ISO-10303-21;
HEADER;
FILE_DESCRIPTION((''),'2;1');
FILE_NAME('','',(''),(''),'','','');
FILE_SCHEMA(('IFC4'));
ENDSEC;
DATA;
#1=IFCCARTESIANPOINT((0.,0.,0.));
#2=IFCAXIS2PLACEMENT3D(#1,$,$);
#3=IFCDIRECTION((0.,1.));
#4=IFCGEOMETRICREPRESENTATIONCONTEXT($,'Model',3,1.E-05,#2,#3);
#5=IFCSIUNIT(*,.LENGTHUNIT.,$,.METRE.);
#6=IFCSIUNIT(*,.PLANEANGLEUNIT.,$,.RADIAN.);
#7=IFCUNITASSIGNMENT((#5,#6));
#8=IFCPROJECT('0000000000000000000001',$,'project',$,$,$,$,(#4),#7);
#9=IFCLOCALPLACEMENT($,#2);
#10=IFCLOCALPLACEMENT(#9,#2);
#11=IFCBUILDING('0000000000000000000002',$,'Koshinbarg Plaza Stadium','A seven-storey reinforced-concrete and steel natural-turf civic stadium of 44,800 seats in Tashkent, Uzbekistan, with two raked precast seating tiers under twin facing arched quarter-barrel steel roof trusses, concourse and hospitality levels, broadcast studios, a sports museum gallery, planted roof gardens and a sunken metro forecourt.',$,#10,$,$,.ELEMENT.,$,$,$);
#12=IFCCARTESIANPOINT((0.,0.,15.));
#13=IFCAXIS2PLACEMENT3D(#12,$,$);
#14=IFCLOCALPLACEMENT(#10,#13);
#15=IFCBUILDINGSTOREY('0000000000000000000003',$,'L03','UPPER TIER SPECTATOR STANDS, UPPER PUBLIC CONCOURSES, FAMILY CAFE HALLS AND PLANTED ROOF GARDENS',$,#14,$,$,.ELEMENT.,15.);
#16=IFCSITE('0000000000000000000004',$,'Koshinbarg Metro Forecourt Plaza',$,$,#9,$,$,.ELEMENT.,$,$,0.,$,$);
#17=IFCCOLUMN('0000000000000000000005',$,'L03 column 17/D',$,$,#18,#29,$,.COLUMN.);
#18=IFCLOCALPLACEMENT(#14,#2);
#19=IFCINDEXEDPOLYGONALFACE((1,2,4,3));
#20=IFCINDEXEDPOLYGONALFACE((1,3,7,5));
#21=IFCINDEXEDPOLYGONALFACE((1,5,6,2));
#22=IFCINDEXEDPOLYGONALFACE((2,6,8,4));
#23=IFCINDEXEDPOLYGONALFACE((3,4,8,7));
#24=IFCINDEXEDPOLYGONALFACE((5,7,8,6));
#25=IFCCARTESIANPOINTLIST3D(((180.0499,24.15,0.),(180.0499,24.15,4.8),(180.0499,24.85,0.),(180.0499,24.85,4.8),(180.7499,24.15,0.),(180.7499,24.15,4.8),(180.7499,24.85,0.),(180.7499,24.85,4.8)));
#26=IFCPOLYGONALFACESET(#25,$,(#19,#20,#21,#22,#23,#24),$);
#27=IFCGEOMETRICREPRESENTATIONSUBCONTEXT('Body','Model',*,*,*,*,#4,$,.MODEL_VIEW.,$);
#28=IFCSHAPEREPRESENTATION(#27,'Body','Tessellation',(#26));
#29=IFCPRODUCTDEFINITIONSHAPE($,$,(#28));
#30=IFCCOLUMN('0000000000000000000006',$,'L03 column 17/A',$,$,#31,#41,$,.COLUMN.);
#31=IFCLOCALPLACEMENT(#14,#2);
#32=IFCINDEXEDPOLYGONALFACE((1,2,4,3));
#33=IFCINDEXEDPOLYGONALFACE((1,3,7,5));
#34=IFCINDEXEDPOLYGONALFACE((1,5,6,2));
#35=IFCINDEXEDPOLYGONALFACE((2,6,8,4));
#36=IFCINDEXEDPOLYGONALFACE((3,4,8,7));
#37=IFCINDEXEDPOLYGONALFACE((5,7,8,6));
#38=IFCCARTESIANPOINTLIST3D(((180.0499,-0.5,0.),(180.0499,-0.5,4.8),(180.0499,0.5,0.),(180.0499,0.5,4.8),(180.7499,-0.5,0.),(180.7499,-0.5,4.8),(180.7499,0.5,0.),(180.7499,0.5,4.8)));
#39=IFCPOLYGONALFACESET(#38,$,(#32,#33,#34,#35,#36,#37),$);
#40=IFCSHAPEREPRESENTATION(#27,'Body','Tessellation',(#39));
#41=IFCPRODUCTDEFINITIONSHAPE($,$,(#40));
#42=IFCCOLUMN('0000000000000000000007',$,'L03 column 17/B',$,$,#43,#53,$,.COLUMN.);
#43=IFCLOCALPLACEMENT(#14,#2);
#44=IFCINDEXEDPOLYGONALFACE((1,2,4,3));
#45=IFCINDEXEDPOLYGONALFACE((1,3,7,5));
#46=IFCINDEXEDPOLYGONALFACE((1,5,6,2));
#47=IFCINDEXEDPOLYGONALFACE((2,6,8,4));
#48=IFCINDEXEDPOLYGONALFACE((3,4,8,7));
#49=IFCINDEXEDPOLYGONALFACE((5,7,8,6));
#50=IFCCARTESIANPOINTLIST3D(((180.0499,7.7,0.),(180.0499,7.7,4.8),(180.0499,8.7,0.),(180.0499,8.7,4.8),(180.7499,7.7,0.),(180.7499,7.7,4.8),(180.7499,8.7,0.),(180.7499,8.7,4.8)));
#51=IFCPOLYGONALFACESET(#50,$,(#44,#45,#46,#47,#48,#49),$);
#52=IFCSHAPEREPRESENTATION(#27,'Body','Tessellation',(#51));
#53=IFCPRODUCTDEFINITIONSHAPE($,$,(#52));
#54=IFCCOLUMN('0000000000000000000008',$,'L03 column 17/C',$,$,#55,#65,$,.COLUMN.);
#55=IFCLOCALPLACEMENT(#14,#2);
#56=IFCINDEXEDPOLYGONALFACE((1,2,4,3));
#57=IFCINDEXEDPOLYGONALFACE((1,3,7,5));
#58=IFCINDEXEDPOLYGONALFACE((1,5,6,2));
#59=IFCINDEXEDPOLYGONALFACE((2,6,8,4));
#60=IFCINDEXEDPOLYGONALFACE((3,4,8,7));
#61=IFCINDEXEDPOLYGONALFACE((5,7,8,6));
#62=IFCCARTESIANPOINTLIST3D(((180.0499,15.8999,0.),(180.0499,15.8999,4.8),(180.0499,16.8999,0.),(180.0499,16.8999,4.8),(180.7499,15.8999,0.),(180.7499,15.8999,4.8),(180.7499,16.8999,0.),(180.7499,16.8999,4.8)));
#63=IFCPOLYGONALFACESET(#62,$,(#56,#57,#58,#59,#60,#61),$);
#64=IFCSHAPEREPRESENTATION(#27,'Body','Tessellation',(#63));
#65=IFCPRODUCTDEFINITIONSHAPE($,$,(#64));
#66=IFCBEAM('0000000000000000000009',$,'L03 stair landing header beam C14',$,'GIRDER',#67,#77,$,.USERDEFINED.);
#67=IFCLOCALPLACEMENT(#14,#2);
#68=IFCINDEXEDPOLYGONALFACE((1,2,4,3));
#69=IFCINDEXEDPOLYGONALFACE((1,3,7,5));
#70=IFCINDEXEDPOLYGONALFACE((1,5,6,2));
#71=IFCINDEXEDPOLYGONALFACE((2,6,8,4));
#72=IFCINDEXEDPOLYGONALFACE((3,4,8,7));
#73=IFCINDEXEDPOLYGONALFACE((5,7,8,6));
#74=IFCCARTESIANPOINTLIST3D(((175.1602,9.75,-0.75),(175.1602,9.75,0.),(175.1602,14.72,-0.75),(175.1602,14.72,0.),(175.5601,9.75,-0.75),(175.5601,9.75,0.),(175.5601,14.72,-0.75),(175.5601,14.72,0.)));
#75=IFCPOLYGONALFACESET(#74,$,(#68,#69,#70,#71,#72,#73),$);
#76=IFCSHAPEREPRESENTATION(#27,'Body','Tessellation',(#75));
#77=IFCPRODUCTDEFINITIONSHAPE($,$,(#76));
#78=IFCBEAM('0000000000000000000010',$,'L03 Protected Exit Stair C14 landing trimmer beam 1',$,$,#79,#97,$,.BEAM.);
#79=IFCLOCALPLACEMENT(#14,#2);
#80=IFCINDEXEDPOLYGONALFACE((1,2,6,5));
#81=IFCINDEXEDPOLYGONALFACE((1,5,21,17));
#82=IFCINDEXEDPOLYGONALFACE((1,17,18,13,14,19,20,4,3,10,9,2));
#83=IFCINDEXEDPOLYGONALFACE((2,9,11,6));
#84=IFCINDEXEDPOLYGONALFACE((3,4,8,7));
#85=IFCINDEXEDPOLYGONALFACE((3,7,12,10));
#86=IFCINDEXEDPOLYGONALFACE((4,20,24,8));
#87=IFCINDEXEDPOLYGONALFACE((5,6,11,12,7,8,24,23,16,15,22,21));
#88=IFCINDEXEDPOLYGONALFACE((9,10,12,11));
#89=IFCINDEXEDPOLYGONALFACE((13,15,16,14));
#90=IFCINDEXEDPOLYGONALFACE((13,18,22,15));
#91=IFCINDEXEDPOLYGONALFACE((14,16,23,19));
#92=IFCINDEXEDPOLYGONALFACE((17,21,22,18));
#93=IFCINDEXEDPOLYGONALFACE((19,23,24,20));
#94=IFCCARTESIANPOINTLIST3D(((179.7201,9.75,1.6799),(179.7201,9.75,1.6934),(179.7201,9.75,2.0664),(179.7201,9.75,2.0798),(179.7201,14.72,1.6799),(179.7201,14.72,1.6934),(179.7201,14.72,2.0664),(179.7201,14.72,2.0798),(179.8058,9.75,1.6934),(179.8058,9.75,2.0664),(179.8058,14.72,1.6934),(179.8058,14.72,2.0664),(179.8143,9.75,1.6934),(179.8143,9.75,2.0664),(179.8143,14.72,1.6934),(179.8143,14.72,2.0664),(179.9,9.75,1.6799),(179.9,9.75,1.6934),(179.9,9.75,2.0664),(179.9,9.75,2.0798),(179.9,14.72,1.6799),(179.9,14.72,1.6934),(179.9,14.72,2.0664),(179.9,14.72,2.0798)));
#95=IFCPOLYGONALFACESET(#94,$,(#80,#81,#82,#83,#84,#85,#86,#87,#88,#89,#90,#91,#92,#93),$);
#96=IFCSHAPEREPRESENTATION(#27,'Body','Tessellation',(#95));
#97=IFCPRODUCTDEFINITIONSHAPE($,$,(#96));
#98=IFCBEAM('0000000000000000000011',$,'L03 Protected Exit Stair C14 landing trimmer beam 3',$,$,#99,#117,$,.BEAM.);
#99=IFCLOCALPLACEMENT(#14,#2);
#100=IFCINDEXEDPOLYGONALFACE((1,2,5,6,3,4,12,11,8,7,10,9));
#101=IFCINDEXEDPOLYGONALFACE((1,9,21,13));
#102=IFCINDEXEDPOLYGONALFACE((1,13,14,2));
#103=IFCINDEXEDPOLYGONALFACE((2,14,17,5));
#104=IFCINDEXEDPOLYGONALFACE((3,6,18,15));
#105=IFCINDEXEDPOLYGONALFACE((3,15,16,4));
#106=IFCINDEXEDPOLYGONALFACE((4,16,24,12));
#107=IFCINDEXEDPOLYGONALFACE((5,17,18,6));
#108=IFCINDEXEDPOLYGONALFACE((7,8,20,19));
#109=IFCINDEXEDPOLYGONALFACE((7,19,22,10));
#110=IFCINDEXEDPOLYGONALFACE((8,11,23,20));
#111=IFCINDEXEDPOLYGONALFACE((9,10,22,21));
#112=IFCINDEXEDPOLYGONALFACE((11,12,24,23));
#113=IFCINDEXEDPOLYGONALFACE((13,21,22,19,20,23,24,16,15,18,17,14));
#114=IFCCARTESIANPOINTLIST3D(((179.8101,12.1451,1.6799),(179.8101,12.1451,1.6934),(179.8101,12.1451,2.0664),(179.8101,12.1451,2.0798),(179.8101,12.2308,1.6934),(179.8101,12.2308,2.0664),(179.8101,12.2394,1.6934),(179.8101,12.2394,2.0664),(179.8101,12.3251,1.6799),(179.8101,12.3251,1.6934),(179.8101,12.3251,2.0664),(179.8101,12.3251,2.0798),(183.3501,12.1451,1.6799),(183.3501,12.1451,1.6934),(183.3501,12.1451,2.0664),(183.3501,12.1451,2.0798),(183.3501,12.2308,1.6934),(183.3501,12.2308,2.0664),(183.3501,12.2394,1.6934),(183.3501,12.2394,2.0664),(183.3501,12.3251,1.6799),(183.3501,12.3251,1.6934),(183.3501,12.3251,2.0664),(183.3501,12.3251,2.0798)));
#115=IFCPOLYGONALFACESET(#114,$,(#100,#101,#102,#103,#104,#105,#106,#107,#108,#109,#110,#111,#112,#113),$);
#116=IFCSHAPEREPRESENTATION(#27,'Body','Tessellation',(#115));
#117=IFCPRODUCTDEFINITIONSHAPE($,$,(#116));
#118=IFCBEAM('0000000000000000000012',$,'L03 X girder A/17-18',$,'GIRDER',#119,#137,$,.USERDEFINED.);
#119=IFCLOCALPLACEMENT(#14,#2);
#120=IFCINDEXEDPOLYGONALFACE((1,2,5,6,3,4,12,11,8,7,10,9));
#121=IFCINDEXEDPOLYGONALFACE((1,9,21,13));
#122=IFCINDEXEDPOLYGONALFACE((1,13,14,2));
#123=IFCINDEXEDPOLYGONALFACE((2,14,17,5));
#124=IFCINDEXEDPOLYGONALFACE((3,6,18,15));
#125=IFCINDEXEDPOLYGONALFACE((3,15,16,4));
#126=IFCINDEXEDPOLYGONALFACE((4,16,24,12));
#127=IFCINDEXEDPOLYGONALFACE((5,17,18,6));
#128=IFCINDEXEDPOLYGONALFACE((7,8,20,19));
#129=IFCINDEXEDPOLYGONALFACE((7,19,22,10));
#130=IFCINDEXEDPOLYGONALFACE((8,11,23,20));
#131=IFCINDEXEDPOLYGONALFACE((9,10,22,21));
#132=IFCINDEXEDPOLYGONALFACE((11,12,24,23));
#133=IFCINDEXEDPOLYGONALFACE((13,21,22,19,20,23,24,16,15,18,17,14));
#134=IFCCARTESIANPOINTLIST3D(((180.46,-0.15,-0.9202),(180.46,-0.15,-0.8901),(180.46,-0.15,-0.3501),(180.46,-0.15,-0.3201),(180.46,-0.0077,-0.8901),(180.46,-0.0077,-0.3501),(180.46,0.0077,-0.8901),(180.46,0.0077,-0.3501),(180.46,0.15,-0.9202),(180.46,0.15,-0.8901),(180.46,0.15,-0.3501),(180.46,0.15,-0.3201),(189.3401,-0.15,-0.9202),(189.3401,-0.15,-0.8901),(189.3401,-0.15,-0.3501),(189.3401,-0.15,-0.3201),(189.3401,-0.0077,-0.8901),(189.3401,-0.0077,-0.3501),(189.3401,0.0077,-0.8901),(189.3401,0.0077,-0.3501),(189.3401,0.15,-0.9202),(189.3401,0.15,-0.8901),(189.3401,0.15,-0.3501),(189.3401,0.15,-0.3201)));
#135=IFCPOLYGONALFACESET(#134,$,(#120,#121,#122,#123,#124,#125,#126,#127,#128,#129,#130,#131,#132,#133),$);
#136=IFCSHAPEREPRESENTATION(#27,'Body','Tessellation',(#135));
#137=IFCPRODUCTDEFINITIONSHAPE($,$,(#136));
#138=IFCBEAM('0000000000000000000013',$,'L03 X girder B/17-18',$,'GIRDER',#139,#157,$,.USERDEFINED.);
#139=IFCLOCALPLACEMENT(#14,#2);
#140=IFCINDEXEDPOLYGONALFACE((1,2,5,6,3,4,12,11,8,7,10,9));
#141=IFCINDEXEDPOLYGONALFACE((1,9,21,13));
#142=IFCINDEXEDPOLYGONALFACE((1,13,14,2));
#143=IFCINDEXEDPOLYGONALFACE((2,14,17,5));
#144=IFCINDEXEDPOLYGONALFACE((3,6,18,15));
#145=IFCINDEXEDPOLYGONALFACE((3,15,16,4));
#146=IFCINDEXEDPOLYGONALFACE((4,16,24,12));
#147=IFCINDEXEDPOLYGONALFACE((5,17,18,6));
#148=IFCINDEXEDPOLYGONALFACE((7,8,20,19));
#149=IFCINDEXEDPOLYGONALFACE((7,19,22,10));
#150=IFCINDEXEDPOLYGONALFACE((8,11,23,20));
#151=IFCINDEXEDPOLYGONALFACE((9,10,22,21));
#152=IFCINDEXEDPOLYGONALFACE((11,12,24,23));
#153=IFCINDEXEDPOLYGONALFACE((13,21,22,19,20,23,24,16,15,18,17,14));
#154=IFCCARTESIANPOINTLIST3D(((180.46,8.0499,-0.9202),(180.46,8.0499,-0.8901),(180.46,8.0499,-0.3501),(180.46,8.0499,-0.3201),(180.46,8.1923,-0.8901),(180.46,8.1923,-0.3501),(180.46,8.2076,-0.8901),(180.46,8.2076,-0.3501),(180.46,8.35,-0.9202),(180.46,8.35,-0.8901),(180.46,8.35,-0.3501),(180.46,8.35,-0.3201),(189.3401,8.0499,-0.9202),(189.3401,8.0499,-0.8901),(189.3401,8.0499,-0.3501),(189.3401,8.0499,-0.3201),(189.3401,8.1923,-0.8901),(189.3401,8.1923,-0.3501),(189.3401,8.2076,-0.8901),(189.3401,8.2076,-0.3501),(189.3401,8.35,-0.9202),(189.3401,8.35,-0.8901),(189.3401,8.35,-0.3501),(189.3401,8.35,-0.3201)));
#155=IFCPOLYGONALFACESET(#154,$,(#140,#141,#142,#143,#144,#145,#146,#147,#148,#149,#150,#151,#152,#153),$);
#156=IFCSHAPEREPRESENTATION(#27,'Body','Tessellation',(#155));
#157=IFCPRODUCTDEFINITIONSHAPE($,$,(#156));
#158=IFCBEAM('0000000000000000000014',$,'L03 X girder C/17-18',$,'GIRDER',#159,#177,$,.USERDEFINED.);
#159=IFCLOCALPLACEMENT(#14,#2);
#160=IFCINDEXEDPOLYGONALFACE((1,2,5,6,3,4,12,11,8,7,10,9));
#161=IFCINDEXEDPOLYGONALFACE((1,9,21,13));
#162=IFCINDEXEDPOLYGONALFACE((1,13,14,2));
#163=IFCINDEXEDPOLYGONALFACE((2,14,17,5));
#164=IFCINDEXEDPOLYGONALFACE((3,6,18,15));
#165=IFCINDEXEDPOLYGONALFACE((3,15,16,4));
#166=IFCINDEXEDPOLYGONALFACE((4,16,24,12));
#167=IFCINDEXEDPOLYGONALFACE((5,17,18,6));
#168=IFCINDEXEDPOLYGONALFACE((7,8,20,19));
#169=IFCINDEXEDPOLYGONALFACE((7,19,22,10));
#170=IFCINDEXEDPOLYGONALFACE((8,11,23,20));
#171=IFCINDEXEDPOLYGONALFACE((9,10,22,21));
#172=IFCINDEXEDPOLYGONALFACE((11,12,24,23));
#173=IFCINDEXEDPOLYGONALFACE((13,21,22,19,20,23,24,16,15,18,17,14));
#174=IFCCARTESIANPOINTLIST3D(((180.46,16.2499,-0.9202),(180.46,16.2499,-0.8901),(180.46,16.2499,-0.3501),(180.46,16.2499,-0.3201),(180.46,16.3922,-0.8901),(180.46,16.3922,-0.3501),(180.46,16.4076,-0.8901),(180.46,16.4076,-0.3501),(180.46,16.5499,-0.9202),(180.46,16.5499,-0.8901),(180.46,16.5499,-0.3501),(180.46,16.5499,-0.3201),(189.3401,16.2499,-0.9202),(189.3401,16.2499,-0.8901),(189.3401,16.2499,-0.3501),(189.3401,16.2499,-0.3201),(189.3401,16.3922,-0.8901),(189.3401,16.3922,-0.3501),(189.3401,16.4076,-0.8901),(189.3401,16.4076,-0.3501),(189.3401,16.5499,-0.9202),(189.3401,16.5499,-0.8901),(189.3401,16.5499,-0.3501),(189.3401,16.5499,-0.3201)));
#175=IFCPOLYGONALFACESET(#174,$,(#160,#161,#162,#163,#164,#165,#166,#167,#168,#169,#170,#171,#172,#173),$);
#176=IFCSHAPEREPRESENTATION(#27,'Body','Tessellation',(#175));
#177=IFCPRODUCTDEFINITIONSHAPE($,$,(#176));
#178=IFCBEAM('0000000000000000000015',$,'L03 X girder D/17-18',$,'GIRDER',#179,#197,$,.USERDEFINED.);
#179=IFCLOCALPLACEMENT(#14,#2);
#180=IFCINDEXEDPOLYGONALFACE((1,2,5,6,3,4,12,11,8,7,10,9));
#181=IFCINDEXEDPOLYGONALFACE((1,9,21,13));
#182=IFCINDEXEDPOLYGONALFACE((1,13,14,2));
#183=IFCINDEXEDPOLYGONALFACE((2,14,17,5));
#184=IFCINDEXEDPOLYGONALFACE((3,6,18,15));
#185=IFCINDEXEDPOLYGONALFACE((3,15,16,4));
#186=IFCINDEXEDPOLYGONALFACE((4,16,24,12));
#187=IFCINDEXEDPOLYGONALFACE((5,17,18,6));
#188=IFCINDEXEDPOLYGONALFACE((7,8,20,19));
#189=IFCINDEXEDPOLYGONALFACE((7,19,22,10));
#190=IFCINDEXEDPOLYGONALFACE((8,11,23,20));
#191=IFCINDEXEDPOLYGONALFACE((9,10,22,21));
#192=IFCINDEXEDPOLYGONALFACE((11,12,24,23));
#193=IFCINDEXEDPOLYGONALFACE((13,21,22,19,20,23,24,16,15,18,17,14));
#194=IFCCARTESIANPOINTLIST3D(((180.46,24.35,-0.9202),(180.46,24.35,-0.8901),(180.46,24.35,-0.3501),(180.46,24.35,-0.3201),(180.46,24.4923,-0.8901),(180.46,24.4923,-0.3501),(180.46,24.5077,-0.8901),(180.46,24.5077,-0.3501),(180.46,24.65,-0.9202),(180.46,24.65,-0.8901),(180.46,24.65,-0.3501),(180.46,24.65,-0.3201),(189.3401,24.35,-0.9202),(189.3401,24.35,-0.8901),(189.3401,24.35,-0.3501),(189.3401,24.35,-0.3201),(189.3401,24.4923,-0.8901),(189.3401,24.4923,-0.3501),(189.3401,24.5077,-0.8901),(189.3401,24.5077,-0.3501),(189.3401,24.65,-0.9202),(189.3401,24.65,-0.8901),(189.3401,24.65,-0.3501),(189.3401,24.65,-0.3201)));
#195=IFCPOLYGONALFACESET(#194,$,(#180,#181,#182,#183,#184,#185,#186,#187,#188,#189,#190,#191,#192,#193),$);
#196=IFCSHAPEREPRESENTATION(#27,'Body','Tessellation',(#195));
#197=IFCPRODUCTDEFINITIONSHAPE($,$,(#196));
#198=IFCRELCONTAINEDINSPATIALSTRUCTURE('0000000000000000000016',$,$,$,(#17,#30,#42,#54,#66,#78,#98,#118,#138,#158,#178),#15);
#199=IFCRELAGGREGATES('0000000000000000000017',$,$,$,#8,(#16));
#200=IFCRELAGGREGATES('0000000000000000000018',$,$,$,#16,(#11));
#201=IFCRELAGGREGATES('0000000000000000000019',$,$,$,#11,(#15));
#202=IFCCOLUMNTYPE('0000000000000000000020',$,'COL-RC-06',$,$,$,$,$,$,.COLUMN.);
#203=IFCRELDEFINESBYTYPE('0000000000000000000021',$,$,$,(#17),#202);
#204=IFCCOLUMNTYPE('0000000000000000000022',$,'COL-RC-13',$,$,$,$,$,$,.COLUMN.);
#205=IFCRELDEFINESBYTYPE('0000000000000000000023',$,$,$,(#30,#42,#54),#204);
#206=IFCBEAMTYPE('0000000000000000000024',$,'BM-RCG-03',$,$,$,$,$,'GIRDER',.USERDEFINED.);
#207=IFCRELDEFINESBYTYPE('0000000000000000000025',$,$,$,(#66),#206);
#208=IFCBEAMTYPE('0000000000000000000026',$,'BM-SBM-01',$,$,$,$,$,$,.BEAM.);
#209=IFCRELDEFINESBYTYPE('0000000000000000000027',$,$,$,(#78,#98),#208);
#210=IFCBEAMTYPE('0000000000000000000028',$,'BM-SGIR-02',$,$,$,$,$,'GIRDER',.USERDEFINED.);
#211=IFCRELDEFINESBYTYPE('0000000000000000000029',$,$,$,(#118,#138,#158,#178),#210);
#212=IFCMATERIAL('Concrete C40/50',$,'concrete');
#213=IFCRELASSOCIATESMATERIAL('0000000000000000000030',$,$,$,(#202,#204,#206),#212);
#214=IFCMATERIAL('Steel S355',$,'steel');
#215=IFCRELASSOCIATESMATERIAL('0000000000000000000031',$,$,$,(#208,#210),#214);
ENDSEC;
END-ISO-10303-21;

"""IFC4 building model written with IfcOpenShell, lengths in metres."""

from ifc_helpers import new_model, si_unit, direction, frame, origin, origin_2d, place, context, subcontext, project, spatial, rectangle, i_section, extrude, material, material_profile, profile_set, type_object, element, save


model = new_model("IFC4")

# Units and contexts
model_context = context("Model", 3, precision=1e-05, world=origin(), true_north=direction((0.0, 1.0)))
body_context = subcontext(model_context, "Body", "Model", "MODEL_VIEW")
ifc_project = project(units=[si_unit("LENGTHUNIT", "METRE"), si_unit("PLANEANGLEUNIT", "RADIAN")], contexts=[model_context])

# Site, building, storey
site_placement = place(None, origin())
site = spatial("IfcSite", under=ifc_project, at=site_placement, Name="Koshinbarg Metro Forecourt Plaza", CompositionType="ELEMENT", RefElevation=0.0)
building_placement = place(site_placement, origin())
building = spatial("IfcBuilding", under=site, at=building_placement, Name="Koshinbarg Plaza Stadium", Description="A seven-storey reinforced-concrete and steel natural-turf civic stadium of 44,800 seats in Tashkent, Uzbekistan, with two raked precast seating tiers under twin facing arched quarter-barrel steel roof trusses, concourse and hospitality levels, broadcast studios, a sports museum gallery, planted roof gardens and a sunken metro forecourt.", CompositionType="ELEMENT")
storey_placement = place(building_placement, frame((0.0, 0.0, 15.0)))
storey = spatial("IfcBuildingStorey", under=building, at=storey_placement, Name="L03", Description="UPPER TIER SPECTATOR STANDS, UPPER PUBLIC CONCOURSES, FAMILY CAFE HALLS AND PLANTED ROOF GARDENS", CompositionType="ELEMENT", Elevation=15.0)

# Columns
ifc_material_1 = material(Name="Concrete C40/50", Category="concrete")
ifc_material_profile_1 = material_profile(ifc_material_1, rectangle(XDim=0.7, YDim=0.7, at=origin_2d()), Name="RC 700x700")
ifc_profile_set_1 = profile_set([ifc_material_profile_1], Name="Concrete C40/50")
column_type_1 = type_object("IfcColumnType", Name="COL-RC-06", PredefinedType="COLUMN", material=ifc_profile_set_1)
column_placement = place(storey_placement, frame((180.3999, 24.5, 0.0), z_axis=(0.0, 0.0, 1.0), x_axis=(1.0, 0.0, 0.0)))
element("IfcColumn", 1, at=column_placement, inside=storey, type_object=column_type_1, Name="L03 column 17/D", PredefinedType="COLUMN", context=body_context, shape_type="SweptSolid", body=[
    extrude(rectangle(XDim=0.7, YDim=0.7, at=origin_2d()), origin(), (0.0, 0.0, 1.0), 4.8),
])
ifc_material_profile_2 = material_profile(ifc_material_1, rectangle(XDim=0.7, YDim=1.0, at=origin_2d()), Name="RC 700x1000")
ifc_profile_set_2 = profile_set([ifc_material_profile_2], Name="Concrete C40/50")
column_type_2 = type_object("IfcColumnType", Name="COL-RC-13", PredefinedType="COLUMN", material=ifc_profile_set_2)
for number, where, z_axis, x_axis, name in (
    (2, (180.3999, 0.0, 0.0), (0.0, 0.0, 1.0), (1.0, 0.0, 0.0), "L03 column 17/A"),
    (3, (180.3999, 8.2, 0.0), (0.0, 0.0, 1.0), (1.0, 0.0, 0.0), "L03 column 17/B"),
    (4, (180.3999, 16.3999, 0.0), (0.0, 0.0, 1.0), (1.0, 0.0, 0.0), "L03 column 17/C"),
):
    element("IfcColumn", number, at=place(storey_placement, frame(where, z_axis=z_axis, x_axis=x_axis)), inside=storey, type_object=column_type_2, Name=name, PredefinedType="COLUMN", context=body_context, shape_type="SweptSolid", body=[
        extrude(rectangle(XDim=0.7, YDim=1.0, at=origin_2d()), origin(), (0.0, 0.0, 1.0), 4.8),
    ])

# Beams
ifc_material_profile_3 = material_profile(ifc_material_1, rectangle(XDim=0.3999, YDim=0.75, at=origin_2d()), Name="RC 400x750")
ifc_profile_set_3 = profile_set([ifc_material_profile_3], Name="Concrete C40/50")
beam_type_1 = type_object("IfcBeamType", Name="BM-RCG-03", ElementType="GIRDER", PredefinedType="USERDEFINED", material=ifc_profile_set_3)
beam_1_placement = place(storey_placement, frame((175.3601, 9.75, -0.375), z_axis=(0.0, 1.0, 0.0), x_axis=(-1.0, 0.0, 0.0)))
element("IfcBeam", 5, at=beam_1_placement, inside=storey, type_object=beam_type_1, Name="L03 stair landing header beam C14", ObjectType="GIRDER", PredefinedType="USERDEFINED", context=body_context, shape_type="SweptSolid", body=[
    extrude(rectangle(XDim=0.3999, YDim=0.75, at=origin_2d()), origin(), (0.0, 0.0, 1.0), 4.97),
])
ifc_material_2 = material(Name="Steel S355", Category="steel")
ifc_material_profile_4 = material_profile(ifc_material_2, i_section(OverallWidth=0.1799, OverallDepth=0.3999, WebThickness=0.0085, FlangeThickness=0.0134, at=origin_2d()), Name="IPE 400")
ifc_profile_set_4 = profile_set([ifc_material_profile_4], Name="Steel S355")
beam_type_2 = type_object("IfcBeamType", Name="BM-SBM-01", PredefinedType="BEAM", material=ifc_profile_set_4)
beam_2_placement = place(storey_placement, frame((179.8101, 9.75, 1.8799), z_axis=(0.0, 1.0, 0.0), x_axis=(-1.0, 0.0, 0.0)))
element("IfcBeam", 6, at=beam_2_placement, inside=storey, type_object=beam_type_2, Name="L03 Protected Exit Stair C14 landing trimmer beam 1", PredefinedType="BEAM", context=body_context, shape_type="SweptSolid", body=[
    extrude(i_section(OverallWidth=0.1799, OverallDepth=0.3999, WebThickness=0.0085, FlangeThickness=0.0134, at=origin_2d()), origin(), (0.0, 0.0, 1.0), 4.97),
])
beam_3_placement = place(storey_placement, frame((179.8101, 12.2351, 1.8799), z_axis=(1.0, 0.0, 0.0), x_axis=(0.0, 1.0, 0.0)))
element("IfcBeam", 7, at=beam_3_placement, inside=storey, type_object=beam_type_2, Name="L03 Protected Exit Stair C14 landing trimmer beam 3", PredefinedType="BEAM", context=body_context, shape_type="SweptSolid", body=[
    extrude(i_section(OverallWidth=0.1799, OverallDepth=0.3999, WebThickness=0.0085, FlangeThickness=0.0134, at=origin_2d()), origin(), (0.0, 0.0, 1.0), 3.54),
])
ifc_material_profile_5 = material_profile(ifc_material_2, i_section(OverallWidth=0.3, OverallDepth=0.6001, WebThickness=0.0154, FlangeThickness=0.03, at=origin_2d()), Name="HEB 600")
ifc_profile_set_5 = profile_set([ifc_material_profile_5], Name="Steel S355")
beam_type_3 = type_object("IfcBeamType", Name="BM-SGIR-02", ElementType="GIRDER", PredefinedType="USERDEFINED", material=ifc_profile_set_5)
for number, where, z_axis, x_axis, name in (
    (8, (180.46, 0.0, -0.6201), (1.0, 0.0, 0.0), (0.0, 1.0, 0.0), "L03 X girder A/17-18"),
    (9, (180.46, 8.2, -0.6201), (1.0, 0.0, 0.0), (0.0, 1.0, 0.0), "L03 X girder B/17-18"),
    (10, (180.46, 16.3999, -0.6201), (1.0, 0.0, 0.0), (0.0, 1.0, 0.0), "L03 X girder C/17-18"),
    (11, (180.46, 24.5, -0.6201), (1.0, 0.0, 0.0), (0.0, 1.0, 0.0), "L03 X girder D/17-18"),
):
    element("IfcBeam", number, at=place(storey_placement, frame(where, z_axis=z_axis, x_axis=x_axis)), inside=storey, type_object=beam_type_3, Name=name, ObjectType="GIRDER", PredefinedType="USERDEFINED", context=body_context, shape_type="SweptSolid", body=[
        extrude(i_section(OverallWidth=0.3, OverallDepth=0.6001, WebThickness=0.0154, FlangeThickness=0.03, at=origin_2d()), origin(), (0.0, 0.0, 1.0), 8.8801),
    ])

save(model, "model.ifc")
